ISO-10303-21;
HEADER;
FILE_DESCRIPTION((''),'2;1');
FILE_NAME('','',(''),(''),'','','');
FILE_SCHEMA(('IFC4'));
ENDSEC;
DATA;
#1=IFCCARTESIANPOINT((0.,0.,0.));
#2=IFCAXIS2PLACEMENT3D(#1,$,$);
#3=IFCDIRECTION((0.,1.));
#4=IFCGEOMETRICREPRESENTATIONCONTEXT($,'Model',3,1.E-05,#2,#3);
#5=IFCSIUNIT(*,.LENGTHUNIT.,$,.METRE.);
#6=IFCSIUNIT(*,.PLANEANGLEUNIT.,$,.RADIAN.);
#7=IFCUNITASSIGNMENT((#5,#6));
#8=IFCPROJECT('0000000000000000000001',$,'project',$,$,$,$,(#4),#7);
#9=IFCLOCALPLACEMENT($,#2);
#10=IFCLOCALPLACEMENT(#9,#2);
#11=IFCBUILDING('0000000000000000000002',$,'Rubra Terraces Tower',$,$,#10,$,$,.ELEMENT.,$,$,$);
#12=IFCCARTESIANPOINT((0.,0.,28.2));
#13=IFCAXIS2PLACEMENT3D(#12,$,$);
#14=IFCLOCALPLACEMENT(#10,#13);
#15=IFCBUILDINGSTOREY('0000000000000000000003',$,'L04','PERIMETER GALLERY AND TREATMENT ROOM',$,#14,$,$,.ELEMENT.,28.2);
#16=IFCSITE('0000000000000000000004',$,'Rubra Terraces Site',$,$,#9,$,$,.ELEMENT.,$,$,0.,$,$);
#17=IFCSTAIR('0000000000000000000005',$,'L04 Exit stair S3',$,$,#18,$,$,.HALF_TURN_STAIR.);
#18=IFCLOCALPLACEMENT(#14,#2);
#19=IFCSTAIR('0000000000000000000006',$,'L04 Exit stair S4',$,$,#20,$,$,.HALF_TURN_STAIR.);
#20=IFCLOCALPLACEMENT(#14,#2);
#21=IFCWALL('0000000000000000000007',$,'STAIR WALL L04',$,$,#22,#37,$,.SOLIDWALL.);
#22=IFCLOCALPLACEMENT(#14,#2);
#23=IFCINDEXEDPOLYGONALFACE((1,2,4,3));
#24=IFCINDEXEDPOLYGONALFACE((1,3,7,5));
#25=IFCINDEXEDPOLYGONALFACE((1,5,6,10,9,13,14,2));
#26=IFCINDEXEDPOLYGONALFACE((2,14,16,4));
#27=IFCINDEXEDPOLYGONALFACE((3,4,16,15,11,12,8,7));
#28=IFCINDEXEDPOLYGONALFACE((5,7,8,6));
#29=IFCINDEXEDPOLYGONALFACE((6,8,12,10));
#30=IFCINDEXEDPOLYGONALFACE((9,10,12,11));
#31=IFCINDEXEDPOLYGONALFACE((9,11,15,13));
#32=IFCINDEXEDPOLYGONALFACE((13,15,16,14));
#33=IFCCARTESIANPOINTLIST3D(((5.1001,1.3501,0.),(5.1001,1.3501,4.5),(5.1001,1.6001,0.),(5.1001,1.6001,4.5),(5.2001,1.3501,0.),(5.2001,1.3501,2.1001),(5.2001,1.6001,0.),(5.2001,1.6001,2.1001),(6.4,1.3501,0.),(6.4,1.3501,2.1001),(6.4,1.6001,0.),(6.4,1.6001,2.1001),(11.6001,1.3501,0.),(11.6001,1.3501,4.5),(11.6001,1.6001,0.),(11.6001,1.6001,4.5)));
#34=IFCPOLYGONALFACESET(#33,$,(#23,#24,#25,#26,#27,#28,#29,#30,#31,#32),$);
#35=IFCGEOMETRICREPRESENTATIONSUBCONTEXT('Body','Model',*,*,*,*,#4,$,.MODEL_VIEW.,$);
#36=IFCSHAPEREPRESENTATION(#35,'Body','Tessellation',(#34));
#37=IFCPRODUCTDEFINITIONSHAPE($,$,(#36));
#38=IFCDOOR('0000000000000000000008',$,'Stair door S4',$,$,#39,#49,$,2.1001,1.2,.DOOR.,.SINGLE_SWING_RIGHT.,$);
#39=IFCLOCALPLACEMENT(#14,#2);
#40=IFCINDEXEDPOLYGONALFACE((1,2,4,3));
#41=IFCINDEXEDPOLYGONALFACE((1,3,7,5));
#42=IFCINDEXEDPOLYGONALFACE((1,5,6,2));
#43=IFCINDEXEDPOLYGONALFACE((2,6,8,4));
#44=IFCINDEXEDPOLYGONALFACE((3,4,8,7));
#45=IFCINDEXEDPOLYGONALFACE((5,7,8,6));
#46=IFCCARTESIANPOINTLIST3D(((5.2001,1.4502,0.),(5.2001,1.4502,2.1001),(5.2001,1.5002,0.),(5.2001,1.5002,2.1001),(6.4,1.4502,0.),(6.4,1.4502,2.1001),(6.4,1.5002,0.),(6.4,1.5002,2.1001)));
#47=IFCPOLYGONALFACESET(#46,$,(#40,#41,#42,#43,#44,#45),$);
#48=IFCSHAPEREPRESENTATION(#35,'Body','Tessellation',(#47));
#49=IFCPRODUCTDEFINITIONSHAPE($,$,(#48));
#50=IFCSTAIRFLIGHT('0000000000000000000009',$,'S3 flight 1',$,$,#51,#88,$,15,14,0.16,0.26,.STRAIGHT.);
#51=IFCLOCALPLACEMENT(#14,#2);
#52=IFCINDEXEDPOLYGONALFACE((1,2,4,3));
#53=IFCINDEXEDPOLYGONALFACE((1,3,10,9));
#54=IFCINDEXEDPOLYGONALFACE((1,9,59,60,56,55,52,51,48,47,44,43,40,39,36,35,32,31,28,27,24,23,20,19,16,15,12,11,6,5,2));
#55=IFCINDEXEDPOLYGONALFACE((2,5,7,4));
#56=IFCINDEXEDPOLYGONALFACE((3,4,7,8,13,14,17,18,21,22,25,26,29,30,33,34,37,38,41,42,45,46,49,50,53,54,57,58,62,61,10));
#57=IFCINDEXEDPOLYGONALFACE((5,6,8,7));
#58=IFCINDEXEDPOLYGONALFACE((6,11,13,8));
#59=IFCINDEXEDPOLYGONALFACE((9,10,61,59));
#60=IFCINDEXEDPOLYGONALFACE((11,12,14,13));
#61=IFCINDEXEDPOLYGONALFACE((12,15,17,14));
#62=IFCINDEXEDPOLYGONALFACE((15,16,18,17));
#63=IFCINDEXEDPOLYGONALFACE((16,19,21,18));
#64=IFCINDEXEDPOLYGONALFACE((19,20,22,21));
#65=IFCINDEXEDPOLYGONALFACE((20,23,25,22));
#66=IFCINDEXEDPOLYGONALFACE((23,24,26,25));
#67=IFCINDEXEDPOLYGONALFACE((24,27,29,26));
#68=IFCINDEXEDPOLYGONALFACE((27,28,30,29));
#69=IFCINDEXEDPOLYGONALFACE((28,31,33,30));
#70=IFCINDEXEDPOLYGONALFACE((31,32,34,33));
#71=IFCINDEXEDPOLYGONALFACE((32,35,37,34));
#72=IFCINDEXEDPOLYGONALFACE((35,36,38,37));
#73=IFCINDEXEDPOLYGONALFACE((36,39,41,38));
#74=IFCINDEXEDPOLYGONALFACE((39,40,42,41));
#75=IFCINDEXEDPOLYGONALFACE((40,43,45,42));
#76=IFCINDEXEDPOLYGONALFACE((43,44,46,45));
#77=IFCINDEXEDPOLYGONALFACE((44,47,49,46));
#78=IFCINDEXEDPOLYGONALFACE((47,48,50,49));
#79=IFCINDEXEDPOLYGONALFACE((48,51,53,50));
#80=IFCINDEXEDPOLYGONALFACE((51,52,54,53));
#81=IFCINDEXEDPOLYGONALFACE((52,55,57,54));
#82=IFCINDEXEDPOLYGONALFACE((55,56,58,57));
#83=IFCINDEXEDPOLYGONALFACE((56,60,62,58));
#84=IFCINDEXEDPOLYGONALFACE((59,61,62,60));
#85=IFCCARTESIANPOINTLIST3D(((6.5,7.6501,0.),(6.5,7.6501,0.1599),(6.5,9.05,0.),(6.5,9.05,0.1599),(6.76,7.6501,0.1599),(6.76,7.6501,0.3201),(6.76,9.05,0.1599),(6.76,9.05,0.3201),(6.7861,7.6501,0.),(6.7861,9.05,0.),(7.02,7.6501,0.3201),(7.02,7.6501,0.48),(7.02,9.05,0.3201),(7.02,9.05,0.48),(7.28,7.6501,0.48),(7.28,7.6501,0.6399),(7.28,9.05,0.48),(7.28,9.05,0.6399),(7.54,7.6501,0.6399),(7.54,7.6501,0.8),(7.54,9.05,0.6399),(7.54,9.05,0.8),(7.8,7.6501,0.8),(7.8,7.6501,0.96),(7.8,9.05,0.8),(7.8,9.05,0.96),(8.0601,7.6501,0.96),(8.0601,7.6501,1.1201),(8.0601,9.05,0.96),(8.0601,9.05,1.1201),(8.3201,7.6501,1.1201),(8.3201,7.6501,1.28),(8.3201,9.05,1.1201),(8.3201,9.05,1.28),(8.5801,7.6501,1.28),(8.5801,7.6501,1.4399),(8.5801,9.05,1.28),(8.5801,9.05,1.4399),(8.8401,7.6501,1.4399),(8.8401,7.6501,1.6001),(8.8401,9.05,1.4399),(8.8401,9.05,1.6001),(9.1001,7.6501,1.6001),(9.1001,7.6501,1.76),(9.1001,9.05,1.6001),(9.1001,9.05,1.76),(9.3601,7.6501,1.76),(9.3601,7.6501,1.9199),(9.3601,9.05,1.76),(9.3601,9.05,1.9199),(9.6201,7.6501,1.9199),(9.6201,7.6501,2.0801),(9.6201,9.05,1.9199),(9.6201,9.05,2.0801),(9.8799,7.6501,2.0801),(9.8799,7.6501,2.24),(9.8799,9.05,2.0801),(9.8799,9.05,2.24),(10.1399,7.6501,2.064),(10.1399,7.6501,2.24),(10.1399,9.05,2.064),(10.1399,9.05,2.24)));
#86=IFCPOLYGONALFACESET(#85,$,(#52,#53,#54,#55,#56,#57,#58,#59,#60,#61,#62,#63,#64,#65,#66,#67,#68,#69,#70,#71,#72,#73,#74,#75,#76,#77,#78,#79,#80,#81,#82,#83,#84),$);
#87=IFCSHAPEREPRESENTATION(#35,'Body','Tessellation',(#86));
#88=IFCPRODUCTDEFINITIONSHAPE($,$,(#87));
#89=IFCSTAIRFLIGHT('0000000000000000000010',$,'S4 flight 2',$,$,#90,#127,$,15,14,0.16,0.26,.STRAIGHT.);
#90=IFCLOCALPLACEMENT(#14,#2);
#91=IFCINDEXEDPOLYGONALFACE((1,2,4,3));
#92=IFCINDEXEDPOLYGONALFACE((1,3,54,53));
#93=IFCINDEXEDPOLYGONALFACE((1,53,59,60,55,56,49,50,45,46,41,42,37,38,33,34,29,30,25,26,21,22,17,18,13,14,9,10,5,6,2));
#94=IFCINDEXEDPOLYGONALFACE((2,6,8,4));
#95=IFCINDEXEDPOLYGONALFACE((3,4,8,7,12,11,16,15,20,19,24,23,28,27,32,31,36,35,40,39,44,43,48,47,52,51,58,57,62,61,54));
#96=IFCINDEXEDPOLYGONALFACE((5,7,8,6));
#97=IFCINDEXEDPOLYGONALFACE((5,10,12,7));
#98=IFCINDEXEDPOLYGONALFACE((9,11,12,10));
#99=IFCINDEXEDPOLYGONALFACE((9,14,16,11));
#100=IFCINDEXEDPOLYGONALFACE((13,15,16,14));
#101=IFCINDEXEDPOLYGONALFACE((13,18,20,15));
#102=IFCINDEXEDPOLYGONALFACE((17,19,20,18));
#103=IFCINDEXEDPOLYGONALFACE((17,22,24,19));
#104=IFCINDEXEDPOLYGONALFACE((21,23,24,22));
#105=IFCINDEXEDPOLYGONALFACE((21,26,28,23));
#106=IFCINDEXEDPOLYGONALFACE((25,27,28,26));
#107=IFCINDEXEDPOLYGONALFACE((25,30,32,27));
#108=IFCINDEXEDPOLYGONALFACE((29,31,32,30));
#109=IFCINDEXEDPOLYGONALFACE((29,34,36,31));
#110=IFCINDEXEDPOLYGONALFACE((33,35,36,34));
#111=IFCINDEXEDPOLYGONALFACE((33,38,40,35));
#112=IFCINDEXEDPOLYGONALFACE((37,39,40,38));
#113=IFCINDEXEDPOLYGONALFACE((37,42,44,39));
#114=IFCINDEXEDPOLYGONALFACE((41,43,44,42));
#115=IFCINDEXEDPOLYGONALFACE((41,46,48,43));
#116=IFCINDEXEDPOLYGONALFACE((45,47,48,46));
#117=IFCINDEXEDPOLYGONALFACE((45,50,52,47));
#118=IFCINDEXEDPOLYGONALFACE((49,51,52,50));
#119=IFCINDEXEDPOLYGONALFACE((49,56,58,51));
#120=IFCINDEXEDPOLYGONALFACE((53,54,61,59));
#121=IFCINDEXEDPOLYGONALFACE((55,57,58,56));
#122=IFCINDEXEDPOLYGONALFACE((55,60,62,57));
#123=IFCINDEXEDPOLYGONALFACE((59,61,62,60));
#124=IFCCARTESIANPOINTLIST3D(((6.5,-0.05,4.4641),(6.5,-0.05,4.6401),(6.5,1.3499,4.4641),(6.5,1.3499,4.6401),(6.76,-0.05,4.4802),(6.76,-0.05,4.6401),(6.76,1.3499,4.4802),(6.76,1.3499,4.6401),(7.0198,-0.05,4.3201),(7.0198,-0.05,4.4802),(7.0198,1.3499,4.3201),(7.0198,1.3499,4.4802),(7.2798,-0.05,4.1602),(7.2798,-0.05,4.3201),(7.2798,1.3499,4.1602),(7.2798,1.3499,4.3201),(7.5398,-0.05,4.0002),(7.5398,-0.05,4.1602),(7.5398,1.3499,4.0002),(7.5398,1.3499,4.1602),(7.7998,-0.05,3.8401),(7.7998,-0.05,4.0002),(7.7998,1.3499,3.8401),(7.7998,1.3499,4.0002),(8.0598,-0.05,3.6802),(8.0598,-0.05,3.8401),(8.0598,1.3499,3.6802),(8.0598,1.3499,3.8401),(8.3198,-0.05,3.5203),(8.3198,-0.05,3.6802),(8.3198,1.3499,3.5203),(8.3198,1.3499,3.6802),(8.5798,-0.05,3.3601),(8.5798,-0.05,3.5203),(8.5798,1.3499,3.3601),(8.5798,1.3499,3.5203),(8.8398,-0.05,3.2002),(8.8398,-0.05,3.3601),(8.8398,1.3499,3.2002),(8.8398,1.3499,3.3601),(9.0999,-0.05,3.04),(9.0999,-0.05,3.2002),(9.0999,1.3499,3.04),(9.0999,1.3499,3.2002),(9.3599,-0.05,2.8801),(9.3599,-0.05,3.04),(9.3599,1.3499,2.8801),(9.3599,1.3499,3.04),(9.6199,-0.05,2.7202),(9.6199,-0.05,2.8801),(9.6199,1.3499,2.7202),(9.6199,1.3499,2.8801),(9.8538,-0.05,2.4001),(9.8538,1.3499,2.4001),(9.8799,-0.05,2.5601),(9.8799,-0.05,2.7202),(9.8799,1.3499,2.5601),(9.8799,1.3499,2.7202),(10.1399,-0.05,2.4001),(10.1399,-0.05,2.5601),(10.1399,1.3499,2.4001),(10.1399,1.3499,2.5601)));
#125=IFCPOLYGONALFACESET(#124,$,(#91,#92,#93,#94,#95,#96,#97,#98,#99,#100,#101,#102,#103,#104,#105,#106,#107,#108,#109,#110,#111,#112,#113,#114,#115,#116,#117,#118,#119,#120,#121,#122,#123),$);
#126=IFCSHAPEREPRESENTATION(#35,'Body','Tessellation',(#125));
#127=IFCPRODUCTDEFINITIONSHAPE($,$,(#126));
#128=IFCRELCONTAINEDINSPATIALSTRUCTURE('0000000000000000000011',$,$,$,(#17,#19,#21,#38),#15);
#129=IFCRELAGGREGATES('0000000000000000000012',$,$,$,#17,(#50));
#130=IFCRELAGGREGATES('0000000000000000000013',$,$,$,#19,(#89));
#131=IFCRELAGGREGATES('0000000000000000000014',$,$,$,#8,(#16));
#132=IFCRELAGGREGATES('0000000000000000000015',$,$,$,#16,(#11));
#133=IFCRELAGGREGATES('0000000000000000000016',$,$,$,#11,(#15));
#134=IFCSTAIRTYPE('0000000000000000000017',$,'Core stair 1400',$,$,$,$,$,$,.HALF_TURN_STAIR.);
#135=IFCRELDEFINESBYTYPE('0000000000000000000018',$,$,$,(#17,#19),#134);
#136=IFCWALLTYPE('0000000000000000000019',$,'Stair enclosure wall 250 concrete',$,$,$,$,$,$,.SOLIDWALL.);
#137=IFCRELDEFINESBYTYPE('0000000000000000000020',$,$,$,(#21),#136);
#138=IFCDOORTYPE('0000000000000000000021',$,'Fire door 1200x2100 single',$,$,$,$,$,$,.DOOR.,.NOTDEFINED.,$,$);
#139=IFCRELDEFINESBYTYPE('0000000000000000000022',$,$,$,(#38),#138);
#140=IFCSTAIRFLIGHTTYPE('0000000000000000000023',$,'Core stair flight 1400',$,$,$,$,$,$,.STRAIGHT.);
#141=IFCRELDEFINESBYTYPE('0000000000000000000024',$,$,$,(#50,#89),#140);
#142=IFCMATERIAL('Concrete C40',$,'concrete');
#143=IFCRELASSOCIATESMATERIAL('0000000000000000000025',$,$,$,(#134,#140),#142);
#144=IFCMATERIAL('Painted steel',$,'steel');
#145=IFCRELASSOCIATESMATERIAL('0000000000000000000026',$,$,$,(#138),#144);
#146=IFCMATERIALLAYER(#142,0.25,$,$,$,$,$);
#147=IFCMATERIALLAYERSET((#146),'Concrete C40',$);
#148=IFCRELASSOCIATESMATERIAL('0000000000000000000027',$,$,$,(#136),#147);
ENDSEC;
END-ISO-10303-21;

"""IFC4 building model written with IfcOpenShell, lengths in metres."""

from ifc_helpers import new_model, si_unit, direction, frame, frame_2d, origin, place, context, subcontext, project, spatial, polyline, rectangle, outline, extrude, material, layer, layer_set, type_object, element, fill, aggregate, save


model = new_model("IFC4")

# Units and contexts
model_context = context("Model", 3, precision=1e-05, world=origin(), true_north=direction((0.0, 1.0)))
body_context = subcontext(model_context, "Body", "Model", "MODEL_VIEW")
ifc_project = project(units=[si_unit("LENGTHUNIT", "METRE"), si_unit("PLANEANGLEUNIT", "RADIAN")], contexts=[model_context])

# Site, building, storey
site_placement = place(None, origin())
site = spatial("IfcSite", under=ifc_project, at=site_placement, Name="Rubra Terraces Site", CompositionType="ELEMENT", RefElevation=0.0)
building_placement = place(site_placement, origin())
building = spatial("IfcBuilding", under=site, at=building_placement, Name="Rubra Terraces Tower", CompositionType="ELEMENT")
storey_placement = place(building_placement, frame((0.0, 0.0, 28.2)))
storey = spatial("IfcBuildingStorey", under=building, at=storey_placement, Name="L04", Description="PERIMETER GALLERY AND TREATMENT ROOM", CompositionType="ELEMENT", Elevation=28.2)

# Shared definitions
ifc_material_1 = material(Name="Concrete C40", Category="concrete")

# Stairs
stair_type = type_object("IfcStairType", Name="Core stair 1400", PredefinedType="HALF_TURN_STAIR", material=ifc_material_1)
stair_1_placement = place(storey_placement, origin())
stair_1 = element("IfcStair", 1, at=stair_1_placement, inside=storey, type_object=stair_type, Name="L04 Exit stair S3", PredefinedType="HALF_TURN_STAIR")
stair_2_placement = place(storey_placement, origin())
stair_2 = element("IfcStair", 2, at=stair_2_placement, inside=storey, type_object=stair_type, Name="L04 Exit stair S4", PredefinedType="HALF_TURN_STAIR")

# Shared definitions
ifc_material_2 = material(Name="Painted steel", Category="steel")
door_type_1 = type_object("IfcDoorType", Name="Fire door 1200x2100 single", OperationType="NOTDEFINED", PredefinedType="DOOR", material=ifc_material_2)

# Wall, opening, door
ifc_layer_1 = layer(ifc_material_1, 0.25)
ifc_layer_set_1 = layer_set([ifc_layer_1], Name="Concrete C40")
wall_type_1 = type_object("IfcWallType", Name="Stair enclosure wall 250 concrete", PredefinedType="SOLIDWALL", material=ifc_layer_set_1)
wall_1_placement = place(storey_placement, frame((11.6001, 1.4751, 0.0), z_axis=(0.0, 0.0, 1.0), x_axis=(-1.0, 0.0, 0.0)))
wall_1 = element("IfcWall", 3, at=wall_1_placement, inside=storey, type_object=wall_type_1, Name="STAIR WALL L04", PredefinedType="SOLIDWALL", context=body_context, shape_type="SweptSolid", body=[
    extrude(rectangle(XDim=6.5, YDim=0.25, at=frame_2d((3.25, 0.0))), origin(), (0.0, 0.0, 1.0), 4.5),
])
opening_1_placement = place(wall_1_placement, frame((5.2, 0.0, 0.0)))
opening_1 = element("IfcOpeningElement", 4, at=opening_1_placement, cuts=wall_1, PredefinedType="OPENING", context=body_context, shape_type="SweptSolid", body=[
    extrude(rectangle(XDim=1.2, YDim=2.1001, at=frame_2d((0.6001, 1.05))), frame((0.0, 0.135, 0.0), z_axis=(0.0, -1.0, 0.0), x_axis=(1.0, 0.0, 0.0)), (0.0, 0.0, 1.0), 0.27),
])
door_1_placement = place(opening_1_placement, origin())
door_1 = element("IfcDoor", 5, at=door_1_placement, inside=storey, type_object=door_type_1, Name="Stair door S4", OperationType="SINGLE_SWING_RIGHT", OverallHeight=2.1001, OverallWidth=1.2, PredefinedType="DOOR", context=body_context, shape_type="SweptSolid", body=[
    extrude(rectangle(XDim=1.2, YDim=2.1001, at=frame_2d((0.6001, 1.05))), frame((0.0, 0.0249, 0.0), z_axis=(0.0, -1.0, 0.0), x_axis=(1.0, 0.0, 0.0)), (0.0, 0.0, 1.0), 0.05),
])
fill(opening_1, door_1)

# Stair flights
stair_flight_type = type_object("IfcStairFlightType", Name="Core stair flight 1400", PredefinedType="STRAIGHT", material=ifc_material_1)
stair_flight_1_placement = place(storey_placement, frame((6.5, 8.3501, 0.0), z_axis=(0.0, 0.0, 1.0), x_axis=(1.0, 0.0, 0.0)))
stair_flight_1 = element("IfcStairFlight", 6, at=stair_flight_1_placement, type_object=stair_flight_type, Name="S3 flight 1", NumberOfRisers=15, NumberOfTreads=14, PredefinedType="STRAIGHT", RiserHeight=0.16, TreadLength=0.26, context=body_context, shape_type="SweptSolid", body=[
    extrude(outline(polyline([(0.0, 0.0), (0.0, 0.1599), (0.26, 0.1599), (0.26, 0.3201), (0.52, 0.3201), (0.52, 0.48), (0.78, 0.48), (0.78, 0.6399), (1.04, 0.6399), (1.04, 0.8), (1.3, 0.8), (1.3, 0.96), (1.5601, 0.96), (1.5601, 1.1201), (1.8201, 1.1201), (1.8201, 1.28), (2.0801, 1.28), (2.0801, 1.4399), (2.3401, 1.4399), (2.3401, 1.6001), (2.6001, 1.6001), (2.6001, 1.76), (2.8601, 1.76), (2.8601, 1.9199), (3.1201, 1.9199), (3.1201, 2.0801), (3.3799, 2.0801), (3.3799, 2.24), (3.6399, 2.24), (3.6399, 2.3999), (3.6399, 2.064), (0.2861, 0.0), (0.0, 0.0)])), frame((0.0, 0.7, 0.0), z_axis=(0.0, -1.0, 0.0), x_axis=(1.0, 0.0, 0.0)), (0.0, 0.0, 1.0), 1.3999),
])
aggregate(stair_1, [stair_flight_1])
stair_flight_2_placement = place(storey_placement, frame((10.1399, 0.6499, 2.4001), z_axis=(0.0, 0.0, 1.0), x_axis=(-1.0, 0.0, 0.0)))
stair_flight_2 = element("IfcStairFlight", 7, at=stair_flight_2_placement, type_object=stair_flight_type, Name="S4 flight 2", NumberOfRisers=15, NumberOfTreads=14, PredefinedType="STRAIGHT", RiserHeight=0.16, TreadLength=0.26, context=body_context, shape_type="SweptSolid", body=[
    extrude(outline(polyline([(0.0, 0.0), (0.0, 0.1599), (0.26, 0.1599), (0.26, 0.3201), (0.52, 0.3201), (0.52, 0.48), (0.78, 0.48), (0.78, 0.6399), (1.04, 0.6399), (1.04, 0.8), (1.3, 0.8), (1.3, 0.96), (1.5601, 0.96), (1.5601, 1.1201), (1.8201, 1.1201), (1.8201, 1.28), (2.0801, 1.28), (2.0801, 1.4399), (2.3401, 1.4399), (2.3401, 1.6001), (2.6001, 1.6001), (2.6001, 1.76), (2.8601, 1.76), (2.8601, 1.9199), (3.1201, 1.9199), (3.1201, 2.0801), (3.3799, 2.0801), (3.3799, 2.24), (3.6399, 2.24), (3.6399, 2.3999), (3.6399, 2.064), (0.2861, 0.0), (0.0, 0.0)])), frame((0.0, 0.7, 0.0), z_axis=(0.0, -1.0, 0.0), x_axis=(1.0, 0.0, 0.0)), (0.0, 0.0, 1.0), 1.3999),
])
aggregate(stair_2, [stair_flight_2])

save(model, "model.ifc")
